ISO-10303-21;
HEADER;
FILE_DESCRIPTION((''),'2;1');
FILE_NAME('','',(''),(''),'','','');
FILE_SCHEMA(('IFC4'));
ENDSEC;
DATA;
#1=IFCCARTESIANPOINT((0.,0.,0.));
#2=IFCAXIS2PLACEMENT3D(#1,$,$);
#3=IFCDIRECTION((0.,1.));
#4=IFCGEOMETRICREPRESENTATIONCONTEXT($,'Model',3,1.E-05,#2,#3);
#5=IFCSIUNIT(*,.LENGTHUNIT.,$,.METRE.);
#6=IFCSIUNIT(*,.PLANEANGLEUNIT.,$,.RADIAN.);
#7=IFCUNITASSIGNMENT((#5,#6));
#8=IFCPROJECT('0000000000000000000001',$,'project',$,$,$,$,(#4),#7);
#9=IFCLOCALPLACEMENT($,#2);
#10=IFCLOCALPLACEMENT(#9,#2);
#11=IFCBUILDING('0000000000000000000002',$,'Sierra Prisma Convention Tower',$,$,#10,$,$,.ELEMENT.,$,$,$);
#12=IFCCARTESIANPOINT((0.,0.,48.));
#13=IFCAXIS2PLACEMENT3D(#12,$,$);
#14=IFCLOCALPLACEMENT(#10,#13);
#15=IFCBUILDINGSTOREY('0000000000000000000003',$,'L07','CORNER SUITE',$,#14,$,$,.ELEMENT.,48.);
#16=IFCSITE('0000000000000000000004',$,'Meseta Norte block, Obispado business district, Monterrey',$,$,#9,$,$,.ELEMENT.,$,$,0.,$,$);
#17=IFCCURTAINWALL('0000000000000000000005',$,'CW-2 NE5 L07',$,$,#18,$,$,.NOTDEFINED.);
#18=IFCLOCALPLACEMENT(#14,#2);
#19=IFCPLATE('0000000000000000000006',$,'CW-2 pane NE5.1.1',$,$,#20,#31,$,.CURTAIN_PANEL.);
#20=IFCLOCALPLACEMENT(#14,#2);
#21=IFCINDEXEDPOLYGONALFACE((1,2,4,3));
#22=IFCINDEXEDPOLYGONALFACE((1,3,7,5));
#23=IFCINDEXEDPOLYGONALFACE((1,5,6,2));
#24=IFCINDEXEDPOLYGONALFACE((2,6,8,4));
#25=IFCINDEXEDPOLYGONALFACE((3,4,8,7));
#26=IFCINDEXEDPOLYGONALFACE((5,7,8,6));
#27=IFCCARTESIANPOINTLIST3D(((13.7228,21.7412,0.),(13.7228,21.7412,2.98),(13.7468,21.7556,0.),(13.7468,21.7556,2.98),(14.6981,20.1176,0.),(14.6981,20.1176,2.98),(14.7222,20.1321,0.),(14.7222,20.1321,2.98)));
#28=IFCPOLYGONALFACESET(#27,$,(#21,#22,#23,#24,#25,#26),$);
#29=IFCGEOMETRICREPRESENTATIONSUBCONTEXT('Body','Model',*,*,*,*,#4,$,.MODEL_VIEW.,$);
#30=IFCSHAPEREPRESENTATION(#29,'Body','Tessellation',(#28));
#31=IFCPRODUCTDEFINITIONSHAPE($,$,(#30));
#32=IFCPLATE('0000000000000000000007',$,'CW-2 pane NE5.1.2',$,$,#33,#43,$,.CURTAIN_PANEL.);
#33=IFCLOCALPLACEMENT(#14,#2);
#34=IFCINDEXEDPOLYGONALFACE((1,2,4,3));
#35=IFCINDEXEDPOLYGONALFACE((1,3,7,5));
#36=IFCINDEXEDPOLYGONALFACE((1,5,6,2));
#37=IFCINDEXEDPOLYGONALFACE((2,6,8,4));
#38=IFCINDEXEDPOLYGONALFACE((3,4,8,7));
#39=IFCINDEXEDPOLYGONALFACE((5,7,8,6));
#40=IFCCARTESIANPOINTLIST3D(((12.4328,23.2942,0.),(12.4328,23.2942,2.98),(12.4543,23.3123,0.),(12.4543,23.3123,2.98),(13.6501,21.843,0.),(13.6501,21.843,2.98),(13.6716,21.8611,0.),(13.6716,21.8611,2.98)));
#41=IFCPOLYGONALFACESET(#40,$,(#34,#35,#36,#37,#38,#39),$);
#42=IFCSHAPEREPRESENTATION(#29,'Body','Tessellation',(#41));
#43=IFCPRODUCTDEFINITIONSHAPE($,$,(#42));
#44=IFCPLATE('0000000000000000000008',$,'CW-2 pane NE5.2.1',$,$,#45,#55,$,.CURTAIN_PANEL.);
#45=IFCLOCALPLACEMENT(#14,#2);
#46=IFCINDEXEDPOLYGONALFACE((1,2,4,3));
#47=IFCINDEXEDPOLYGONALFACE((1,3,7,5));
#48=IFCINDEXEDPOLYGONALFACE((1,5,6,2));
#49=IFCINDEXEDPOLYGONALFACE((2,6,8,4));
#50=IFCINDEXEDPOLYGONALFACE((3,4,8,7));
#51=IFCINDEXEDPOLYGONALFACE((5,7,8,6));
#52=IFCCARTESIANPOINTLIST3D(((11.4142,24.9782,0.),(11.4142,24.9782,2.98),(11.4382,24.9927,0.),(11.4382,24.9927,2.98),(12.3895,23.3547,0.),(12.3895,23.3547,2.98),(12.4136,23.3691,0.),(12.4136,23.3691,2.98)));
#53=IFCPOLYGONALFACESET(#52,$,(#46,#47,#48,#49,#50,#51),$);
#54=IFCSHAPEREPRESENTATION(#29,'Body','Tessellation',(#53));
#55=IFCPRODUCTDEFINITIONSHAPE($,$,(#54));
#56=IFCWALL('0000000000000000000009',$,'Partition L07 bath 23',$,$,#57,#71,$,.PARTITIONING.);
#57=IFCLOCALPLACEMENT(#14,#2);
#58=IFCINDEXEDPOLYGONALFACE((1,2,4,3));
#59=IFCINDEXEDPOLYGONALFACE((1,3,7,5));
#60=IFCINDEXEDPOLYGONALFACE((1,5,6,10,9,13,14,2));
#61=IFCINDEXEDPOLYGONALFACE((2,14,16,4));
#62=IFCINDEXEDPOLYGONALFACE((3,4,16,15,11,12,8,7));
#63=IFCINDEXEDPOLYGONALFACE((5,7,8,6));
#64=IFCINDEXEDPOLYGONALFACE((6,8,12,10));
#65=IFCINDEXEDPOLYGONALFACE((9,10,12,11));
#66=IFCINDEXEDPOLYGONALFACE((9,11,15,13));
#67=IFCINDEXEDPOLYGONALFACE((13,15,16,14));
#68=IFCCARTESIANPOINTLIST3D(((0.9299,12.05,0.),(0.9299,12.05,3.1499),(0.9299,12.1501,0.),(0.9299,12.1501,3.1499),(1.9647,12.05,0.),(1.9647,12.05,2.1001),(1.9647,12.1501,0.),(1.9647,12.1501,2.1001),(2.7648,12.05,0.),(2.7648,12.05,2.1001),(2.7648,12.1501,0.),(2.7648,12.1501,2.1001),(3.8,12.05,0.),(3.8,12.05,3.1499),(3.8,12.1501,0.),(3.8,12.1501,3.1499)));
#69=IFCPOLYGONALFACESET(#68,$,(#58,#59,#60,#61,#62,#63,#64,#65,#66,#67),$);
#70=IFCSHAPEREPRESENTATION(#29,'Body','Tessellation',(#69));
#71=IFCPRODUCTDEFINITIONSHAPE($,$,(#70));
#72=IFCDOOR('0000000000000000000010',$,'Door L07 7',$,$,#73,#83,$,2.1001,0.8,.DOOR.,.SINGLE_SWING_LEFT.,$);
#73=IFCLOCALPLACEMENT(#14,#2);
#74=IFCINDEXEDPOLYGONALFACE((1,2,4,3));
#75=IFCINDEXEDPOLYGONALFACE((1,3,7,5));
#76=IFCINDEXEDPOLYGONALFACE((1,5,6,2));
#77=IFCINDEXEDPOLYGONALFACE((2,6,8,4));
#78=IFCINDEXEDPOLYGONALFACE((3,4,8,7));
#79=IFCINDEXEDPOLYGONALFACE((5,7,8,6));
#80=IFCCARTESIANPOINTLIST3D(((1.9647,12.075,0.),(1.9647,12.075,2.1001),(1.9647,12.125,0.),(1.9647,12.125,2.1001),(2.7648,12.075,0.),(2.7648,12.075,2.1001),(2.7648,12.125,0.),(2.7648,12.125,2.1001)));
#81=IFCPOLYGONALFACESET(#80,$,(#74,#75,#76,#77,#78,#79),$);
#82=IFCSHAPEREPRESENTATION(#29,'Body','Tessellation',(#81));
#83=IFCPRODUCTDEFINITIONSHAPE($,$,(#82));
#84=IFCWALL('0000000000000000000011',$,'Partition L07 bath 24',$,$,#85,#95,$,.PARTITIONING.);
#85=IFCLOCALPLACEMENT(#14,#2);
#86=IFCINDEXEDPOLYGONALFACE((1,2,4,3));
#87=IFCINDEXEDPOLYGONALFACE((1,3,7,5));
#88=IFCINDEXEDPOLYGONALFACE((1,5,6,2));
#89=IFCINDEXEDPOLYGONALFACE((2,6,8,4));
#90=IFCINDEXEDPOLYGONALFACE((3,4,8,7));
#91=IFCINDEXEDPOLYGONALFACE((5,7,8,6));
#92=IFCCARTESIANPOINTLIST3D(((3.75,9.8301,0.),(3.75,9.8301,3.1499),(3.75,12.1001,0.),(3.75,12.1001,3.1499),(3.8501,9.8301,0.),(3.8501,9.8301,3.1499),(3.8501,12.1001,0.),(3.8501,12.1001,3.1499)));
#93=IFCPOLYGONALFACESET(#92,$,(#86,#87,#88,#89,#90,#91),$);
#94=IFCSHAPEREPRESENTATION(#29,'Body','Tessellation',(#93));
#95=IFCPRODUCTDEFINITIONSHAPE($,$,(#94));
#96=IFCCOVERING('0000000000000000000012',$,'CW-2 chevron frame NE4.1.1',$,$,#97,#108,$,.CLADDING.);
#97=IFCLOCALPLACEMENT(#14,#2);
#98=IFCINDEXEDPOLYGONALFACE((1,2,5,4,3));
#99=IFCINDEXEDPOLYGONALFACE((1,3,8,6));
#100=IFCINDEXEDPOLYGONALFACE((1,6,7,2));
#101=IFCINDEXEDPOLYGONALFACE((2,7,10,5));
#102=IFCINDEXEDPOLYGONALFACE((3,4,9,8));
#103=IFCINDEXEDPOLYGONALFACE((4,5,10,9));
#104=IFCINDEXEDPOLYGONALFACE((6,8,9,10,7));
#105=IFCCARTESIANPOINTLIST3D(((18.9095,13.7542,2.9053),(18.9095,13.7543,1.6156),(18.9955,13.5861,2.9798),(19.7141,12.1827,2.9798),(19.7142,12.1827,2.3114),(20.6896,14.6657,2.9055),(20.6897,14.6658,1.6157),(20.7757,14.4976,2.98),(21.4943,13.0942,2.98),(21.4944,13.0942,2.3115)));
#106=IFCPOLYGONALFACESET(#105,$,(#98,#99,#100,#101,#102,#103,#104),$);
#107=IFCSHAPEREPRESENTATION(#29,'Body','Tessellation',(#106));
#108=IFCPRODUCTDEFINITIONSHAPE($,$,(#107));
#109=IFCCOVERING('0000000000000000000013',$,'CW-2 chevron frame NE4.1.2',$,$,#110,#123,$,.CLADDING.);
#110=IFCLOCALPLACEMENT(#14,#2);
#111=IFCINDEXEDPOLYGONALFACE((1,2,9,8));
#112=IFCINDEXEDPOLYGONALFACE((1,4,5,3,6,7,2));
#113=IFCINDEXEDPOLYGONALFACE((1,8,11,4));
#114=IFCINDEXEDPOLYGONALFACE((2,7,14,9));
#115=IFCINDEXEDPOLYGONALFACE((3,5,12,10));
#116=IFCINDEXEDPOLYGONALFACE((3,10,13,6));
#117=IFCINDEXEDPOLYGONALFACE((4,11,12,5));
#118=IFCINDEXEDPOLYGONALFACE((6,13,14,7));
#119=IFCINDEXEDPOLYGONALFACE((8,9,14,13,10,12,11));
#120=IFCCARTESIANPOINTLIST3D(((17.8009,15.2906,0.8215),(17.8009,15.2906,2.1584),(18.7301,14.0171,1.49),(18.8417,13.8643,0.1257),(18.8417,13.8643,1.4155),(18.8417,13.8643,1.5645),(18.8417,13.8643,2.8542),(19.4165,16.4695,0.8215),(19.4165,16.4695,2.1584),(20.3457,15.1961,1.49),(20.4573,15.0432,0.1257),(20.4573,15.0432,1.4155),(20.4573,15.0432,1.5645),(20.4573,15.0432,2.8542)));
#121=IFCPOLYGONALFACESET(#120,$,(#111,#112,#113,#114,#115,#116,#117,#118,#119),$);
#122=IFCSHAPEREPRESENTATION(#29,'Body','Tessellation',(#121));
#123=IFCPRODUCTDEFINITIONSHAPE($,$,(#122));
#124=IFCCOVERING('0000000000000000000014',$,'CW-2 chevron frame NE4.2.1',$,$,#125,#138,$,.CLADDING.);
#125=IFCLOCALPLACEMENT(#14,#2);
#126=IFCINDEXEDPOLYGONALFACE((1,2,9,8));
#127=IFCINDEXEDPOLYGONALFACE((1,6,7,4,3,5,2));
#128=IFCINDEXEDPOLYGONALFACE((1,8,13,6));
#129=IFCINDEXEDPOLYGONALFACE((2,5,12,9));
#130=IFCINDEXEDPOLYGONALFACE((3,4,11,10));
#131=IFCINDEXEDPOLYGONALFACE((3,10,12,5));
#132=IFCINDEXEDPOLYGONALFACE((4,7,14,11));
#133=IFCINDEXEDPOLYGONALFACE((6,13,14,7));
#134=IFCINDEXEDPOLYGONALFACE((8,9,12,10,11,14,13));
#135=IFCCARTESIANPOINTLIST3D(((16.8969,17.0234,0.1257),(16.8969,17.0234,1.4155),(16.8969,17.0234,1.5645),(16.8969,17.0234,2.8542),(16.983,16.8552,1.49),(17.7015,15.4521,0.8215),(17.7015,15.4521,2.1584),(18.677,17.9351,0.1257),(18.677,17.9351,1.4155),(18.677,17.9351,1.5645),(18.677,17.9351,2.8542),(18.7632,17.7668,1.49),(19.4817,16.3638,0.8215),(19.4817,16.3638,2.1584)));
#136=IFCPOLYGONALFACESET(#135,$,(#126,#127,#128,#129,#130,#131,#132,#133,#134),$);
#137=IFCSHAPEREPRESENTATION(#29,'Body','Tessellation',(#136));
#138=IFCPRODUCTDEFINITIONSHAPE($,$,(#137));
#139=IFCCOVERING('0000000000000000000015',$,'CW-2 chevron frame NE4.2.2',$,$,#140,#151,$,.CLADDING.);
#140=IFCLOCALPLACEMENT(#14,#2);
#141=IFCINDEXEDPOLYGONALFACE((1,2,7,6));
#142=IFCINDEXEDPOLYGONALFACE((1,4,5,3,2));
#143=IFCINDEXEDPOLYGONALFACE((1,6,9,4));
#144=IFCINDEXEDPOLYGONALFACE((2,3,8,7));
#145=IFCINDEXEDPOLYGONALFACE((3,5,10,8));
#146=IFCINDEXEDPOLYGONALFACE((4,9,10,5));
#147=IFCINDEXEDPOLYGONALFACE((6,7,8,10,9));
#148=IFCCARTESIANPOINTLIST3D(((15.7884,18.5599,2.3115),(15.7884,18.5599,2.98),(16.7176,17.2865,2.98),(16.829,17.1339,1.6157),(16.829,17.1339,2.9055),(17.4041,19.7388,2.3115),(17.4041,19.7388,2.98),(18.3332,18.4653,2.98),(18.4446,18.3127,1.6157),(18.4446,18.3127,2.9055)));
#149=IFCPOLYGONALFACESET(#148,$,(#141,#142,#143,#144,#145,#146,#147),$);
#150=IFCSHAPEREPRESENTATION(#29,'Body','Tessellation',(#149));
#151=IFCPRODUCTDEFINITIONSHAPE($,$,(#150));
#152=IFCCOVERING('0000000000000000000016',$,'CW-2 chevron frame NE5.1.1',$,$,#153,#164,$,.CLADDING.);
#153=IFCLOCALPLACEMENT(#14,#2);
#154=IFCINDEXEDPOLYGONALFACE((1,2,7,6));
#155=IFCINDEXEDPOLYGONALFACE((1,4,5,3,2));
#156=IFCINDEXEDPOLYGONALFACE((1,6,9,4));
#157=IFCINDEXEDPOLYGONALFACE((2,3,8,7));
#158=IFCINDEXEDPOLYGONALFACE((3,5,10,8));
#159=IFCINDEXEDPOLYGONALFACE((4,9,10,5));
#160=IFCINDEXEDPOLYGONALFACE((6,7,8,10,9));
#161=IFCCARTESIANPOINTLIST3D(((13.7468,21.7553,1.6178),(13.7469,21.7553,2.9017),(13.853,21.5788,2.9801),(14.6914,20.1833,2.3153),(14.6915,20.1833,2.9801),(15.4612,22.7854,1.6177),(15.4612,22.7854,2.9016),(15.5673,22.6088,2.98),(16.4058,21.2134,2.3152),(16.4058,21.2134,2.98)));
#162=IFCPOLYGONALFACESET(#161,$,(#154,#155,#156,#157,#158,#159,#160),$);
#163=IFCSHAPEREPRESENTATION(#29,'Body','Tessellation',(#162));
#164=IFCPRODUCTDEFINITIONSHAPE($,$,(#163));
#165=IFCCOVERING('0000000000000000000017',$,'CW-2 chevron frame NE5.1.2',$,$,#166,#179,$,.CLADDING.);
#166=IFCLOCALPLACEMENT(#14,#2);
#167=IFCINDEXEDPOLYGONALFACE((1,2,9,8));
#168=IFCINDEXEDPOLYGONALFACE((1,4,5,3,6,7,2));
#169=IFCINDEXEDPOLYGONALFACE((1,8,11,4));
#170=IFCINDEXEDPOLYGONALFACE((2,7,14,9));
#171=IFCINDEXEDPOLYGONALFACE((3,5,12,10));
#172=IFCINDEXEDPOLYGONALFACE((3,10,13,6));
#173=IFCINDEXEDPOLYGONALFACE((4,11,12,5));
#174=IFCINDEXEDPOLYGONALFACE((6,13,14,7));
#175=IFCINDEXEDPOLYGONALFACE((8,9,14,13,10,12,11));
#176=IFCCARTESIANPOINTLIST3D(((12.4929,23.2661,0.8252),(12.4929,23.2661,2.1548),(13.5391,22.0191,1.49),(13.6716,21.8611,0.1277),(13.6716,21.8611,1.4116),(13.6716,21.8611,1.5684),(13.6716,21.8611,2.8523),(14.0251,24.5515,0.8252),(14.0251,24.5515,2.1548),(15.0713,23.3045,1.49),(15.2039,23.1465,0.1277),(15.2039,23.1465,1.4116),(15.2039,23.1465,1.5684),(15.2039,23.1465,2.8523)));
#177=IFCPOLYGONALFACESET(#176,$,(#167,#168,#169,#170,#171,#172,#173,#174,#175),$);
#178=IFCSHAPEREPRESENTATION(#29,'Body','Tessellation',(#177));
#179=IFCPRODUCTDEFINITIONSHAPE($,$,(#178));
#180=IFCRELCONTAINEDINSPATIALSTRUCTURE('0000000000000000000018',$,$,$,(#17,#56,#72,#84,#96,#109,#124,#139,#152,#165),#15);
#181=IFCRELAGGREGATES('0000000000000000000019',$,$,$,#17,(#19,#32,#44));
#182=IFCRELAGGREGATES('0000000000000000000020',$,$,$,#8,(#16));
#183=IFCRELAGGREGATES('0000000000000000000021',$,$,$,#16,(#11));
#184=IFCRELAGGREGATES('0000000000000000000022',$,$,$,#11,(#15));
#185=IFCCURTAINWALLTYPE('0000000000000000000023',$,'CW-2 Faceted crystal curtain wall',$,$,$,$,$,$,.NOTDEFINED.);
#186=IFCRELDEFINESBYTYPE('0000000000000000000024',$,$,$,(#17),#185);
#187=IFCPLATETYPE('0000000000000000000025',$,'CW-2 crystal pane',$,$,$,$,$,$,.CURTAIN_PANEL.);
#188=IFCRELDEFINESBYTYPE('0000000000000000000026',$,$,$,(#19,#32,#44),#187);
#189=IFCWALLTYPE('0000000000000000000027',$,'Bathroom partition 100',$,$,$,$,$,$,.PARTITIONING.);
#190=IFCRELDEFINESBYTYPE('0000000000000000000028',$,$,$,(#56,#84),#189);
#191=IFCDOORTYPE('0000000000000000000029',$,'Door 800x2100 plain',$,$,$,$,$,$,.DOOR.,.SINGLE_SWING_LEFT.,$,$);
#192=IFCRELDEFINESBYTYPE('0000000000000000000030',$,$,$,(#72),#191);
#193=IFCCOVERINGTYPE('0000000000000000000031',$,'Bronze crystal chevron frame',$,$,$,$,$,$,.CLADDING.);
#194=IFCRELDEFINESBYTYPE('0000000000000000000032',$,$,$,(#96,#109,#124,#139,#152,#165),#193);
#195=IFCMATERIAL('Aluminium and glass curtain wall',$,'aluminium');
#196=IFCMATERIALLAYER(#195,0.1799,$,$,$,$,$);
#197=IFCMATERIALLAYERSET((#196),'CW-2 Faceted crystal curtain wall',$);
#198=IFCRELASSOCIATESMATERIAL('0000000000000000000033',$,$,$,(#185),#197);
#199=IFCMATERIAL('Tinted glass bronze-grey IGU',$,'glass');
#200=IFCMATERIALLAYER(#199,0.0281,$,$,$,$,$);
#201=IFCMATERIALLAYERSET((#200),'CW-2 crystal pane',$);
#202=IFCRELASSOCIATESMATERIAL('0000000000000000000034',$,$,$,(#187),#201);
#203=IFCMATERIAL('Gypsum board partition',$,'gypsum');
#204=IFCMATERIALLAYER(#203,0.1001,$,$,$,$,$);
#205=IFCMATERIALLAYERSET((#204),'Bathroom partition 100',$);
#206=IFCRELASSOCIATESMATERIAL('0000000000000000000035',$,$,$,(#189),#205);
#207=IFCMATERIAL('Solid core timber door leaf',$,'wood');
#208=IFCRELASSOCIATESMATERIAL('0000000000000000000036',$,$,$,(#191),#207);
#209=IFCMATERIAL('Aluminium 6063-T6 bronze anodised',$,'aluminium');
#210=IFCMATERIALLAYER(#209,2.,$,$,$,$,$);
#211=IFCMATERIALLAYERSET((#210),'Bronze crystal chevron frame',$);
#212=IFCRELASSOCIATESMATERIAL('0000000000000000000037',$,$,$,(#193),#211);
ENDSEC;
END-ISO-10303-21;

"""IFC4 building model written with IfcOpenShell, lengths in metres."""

from ifc_helpers import new_model, si_unit, direction, frame, frame_2d, origin, place, context, subcontext, project, spatial, polyline, rectangle, outline, extrude, material, layer, layer_set, type_object, element, fill, aggregate, save


model = new_model("IFC4")

# Units and contexts
model_context = context("Model", 3, precision=1e-05, world=origin(), true_north=direction((0.0, 1.0)))
body_context = subcontext(model_context, "Body", "Model", "MODEL_VIEW")
ifc_project = project(units=[si_unit("LENGTHUNIT", "METRE"), si_unit("PLANEANGLEUNIT", "RADIAN")], contexts=[model_context])

# Site, building, storey
site_placement = place(None, origin())
site = spatial("IfcSite", under=ifc_project, at=site_placement, Name="Meseta Norte block, Obispado business district, Monterrey", CompositionType="ELEMENT", RefElevation=0.0)
building_placement = place(site_placement, origin())
building = spatial("IfcBuilding", under=site, at=building_placement, Name="Sierra Prisma Convention Tower", CompositionType="ELEMENT")
storey_placement = place(building_placement, frame((0.0, 0.0, 48.0)))
storey = spatial("IfcBuildingStorey", under=building, at=storey_placement, Name="L07", Description="CORNER SUITE", CompositionType="ELEMENT", Elevation=48.0)

# Curtain wall
ifc_material_1 = material(Name="Aluminium and glass curtain wall", Category="aluminium")
ifc_layer_1 = layer(ifc_material_1, 0.1799)
ifc_layer_set_1 = layer_set([ifc_layer_1], Name="CW-2 Faceted crystal curtain wall")
curtain_wall_type = type_object("IfcCurtainWallType", Name="CW-2 Faceted crystal curtain wall", PredefinedType="NOTDEFINED", material=ifc_layer_set_1)
curtain_wall_1_placement = place(storey_placement, origin())
curtain_wall_1 = element("IfcCurtainWall", 1, at=curtain_wall_1_placement, inside=storey, type_object=curtain_wall_type, Name="CW-2 NE5 L07", PredefinedType="NOTDEFINED")

# Plates
ifc_material_2 = material(Name="Tinted glass bronze-grey IGU", Category="glass")
ifc_layer_2 = layer(ifc_material_2, 0.0281)
ifc_layer_set_2 = layer_set([ifc_layer_2], Name="CW-2 crystal pane")
plate_type = type_object("IfcPlateType", Name="CW-2 crystal pane", PredefinedType="CURTAIN_PANEL", material=ifc_layer_set_2)
plate_1_placement = place(storey_placement, frame((14.7222, 20.1321, 0.0), z_axis=(0.857208, 0.51497, 0.0), x_axis=(-0.51497, 0.857208, 0.0)))
plate_1 = element("IfcPlate", 2, at=plate_1_placement, type_object=plate_type, Name="CW-2 pane NE5.1.1", PredefinedType="CURTAIN_PANEL", context=body_context, shape_type="SweptSolid", body=[
    extrude(outline(polyline([(0.0, 0.0), (1.894, 0.0), (1.894, 2.98), (0.0, 2.98), (0.0, 0.0)])), origin(), (0.0, 0.0, -1.0), 0.0281),
])
plate_2_placement = place(storey_placement, frame((12.4543, 23.3123, 0.0), z_axis=(0.766147, 0.642666, 0.0), x_axis=(0.642666, -0.766147, 0.0)))
plate_2 = element("IfcPlate", 3, at=plate_2_placement, type_object=plate_type, Name="CW-2 pane NE5.1.2", PredefinedType="CURTAIN_PANEL", context=body_context, shape_type="SweptSolid", body=[
    extrude(outline(polyline([(0.0, 0.0), (1.8941, 0.0), (1.8941, -2.98), (0.0, -2.98), (0.0, 0.0)])), origin(), (0.0, 0.0, -1.0), 0.0281),
])
plate_3_placement = place(storey_placement, frame((12.4136, 23.3691, 0.0), z_axis=(0.857208, 0.51497, 0.0), x_axis=(-0.51497, 0.857208, 0.0)))
plate_3 = element("IfcPlate", 4, at=plate_3_placement, type_object=plate_type, Name="CW-2 pane NE5.2.1", PredefinedType="CURTAIN_PANEL", context=body_context, shape_type="SweptSolid", body=[
    extrude(outline(polyline([(0.0, 0.0), (1.894, 0.0), (1.894, 2.98), (0.0, 2.98), (0.0, 0.0)])), origin(), (0.0, 0.0, -1.0), 0.0281),
])
aggregate(curtain_wall_1, [plate_1, plate_2, plate_3])

# Wall, opening, door
ifc_material_3 = material(Name="Gypsum board partition", Category="gypsum")
ifc_layer_3 = layer(ifc_material_3, 0.1001)
ifc_layer_set_3 = layer_set([ifc_layer_3], Name="Bathroom partition 100")
wall_type = type_object("IfcWallType", Name="Bathroom partition 100", PredefinedType="PARTITIONING", material=ifc_layer_set_3)
wall_1_placement = place(storey_placement, frame((0.9299, 12.1001, 0.0), z_axis=(0.0, 0.0, 1.0), x_axis=(1.0, 0.0, 0.0)))
wall_1 = element("IfcWall", 5, at=wall_1_placement, inside=storey, type_object=wall_type, Name="Partition L07 bath 23", PredefinedType="PARTITIONING", context=body_context, shape_type="SweptSolid", body=[
    extrude(rectangle(XDim=2.8701, YDim=0.1001, at=frame_2d((1.4351, 0.0))), origin(), (0.0, 0.0, 1.0), 3.1499),
])
opening_placement = place(wall_1_placement, frame((1.0349, 0.0, 0.0)))
opening = element("IfcOpeningElement", 6, at=opening_placement, cuts=wall_1, PredefinedType="OPENING", context=body_context, shape_type="SweptSolid", body=[
    extrude(rectangle(XDim=0.8, YDim=2.1001, at=frame_2d((0.3999, 1.05))), frame((0.0, 0.05, 0.0), z_axis=(0.0, -1.0, 0.0), x_axis=(1.0, 0.0, 0.0)), (0.0, 0.0, 1.0), 0.1001),
])
ifc_material_4 = material(Name="Solid core timber door leaf", Category="wood")
door_type = type_object("IfcDoorType", Name="Door 800x2100 plain", OperationType="SINGLE_SWING_LEFT", PredefinedType="DOOR", material=ifc_material_4)
door_placement = place(opening_placement, origin())
door = element("IfcDoor", 7, at=door_placement, inside=storey, type_object=door_type, Name="Door L07 7", OperationType="SINGLE_SWING_LEFT", OverallHeight=2.1001, OverallWidth=0.8, PredefinedType="DOOR", context=body_context, shape_type="SweptSolid", body=[
    extrude(rectangle(XDim=0.8, YDim=2.1001, at=frame_2d((0.3999, 1.05))), frame((0.0, 0.0249, 0.0), z_axis=(0.0, -1.0, 0.0), x_axis=(1.0, 0.0, 0.0)), (0.0, 0.0, 1.0), 0.05),
])
fill(opening, door)

# Wall
wall_2_placement = place(storey_placement, frame((3.8, 12.1001, 0.0), z_axis=(0.0, 0.0, 1.0), x_axis=(0.0, -1.0, 0.0)))
element("IfcWall", 8, at=wall_2_placement, inside=storey, type_object=wall_type, Name="Partition L07 bath 24", PredefinedType="PARTITIONING", context=body_context, shape_type="SweptSolid", body=[
    extrude(rectangle(XDim=2.27, YDim=0.1001, at=frame_2d((1.135, 0.0))), origin(), (0.0, 0.0, 1.0), 3.1499),
])

# Coverings
ifc_material_5 = material(Name="Aluminium 6063-T6 bronze anodised", Category="aluminium")
ifc_layer_4 = layer(ifc_material_5, 2.0)
ifc_layer_set_4 = layer_set([ifc_layer_4], Name="Bronze crystal chevron frame")
covering_type = type_object("IfcCoveringType", Name="Bronze crystal chevron frame", PredefinedType="CLADDING", material=ifc_layer_set_4)
covering_1_placement = place(storey_placement, frame((21.4944, 13.0942, 2.3115), z_axis=(0.890098, 0.45577, 0.000085), x_axis=(-0.424002, 0.828125, -0.366649)))
element("IfcCovering", 9, at=covering_1_placement, inside=storey, type_object=covering_type, Name="CW-2 chevron frame NE4.1.1", PredefinedType="CLADDING", context=body_context, shape_type="SweptSolid", body=[
    extrude(outline(polyline([(0.0, 0.0), (1.8977, 0.0), (1.4248, 1.2), (1.2218, 1.2), (-0.2451, 0.6219), (0.0, 0.0)])), origin(), (0.0, 0.0, -1.0), 2.0),
])
covering_2_placement = place(storey_placement, frame((20.4573, 15.0432, 1.4155), z_axis=(0.807797, 0.589461, 0.0), x_axis=(0.0, 0.0, -1.0)))
element("IfcCovering", 10, at=covering_2_placement, inside=storey, type_object=covering_type, Name="CW-2 chevron frame NE4.1.2", PredefinedType="CLADDING", context=body_context, shape_type="SweptSolid", body=[
    extrude(outline(polyline([(0.0, 0.0), (1.2898, 0.0), (0.594, 1.7656), (-0.7429, 1.7656), (-1.4387, 0.0), (-0.1489, 0.0), (-0.0745, 0.1892), (0.0, 0.0)])), origin(), (0.0, 0.0, -1.0), 2.0),
])
covering_3_placement = place(storey_placement, frame((19.4817, 16.3638, 0.8215), z_axis=(0.890071, 0.455822, 0.0), x_axis=(-0.424071, 0.828072, -0.366688)))
element("IfcCovering", 11, at=covering_3_placement, inside=storey, type_object=covering_type, Name="CW-2 chevron frame NE4.2.1", PredefinedType="CLADDING", context=body_context, shape_type="SweptSolid", body=[
    extrude(outline(polyline([(0.0, 0.0), (1.8975, 0.0), (1.4246, 1.2), (1.2214, 1.1999), (1.37, 1.3385), (0.897, 2.5385), (-0.4902, 1.2438), (0.0, 0.0)])), origin(), (0.0, 0.0, -1.0), 2.0),
])
covering_4_placement = place(storey_placement, frame((18.4446, 18.3127, 1.6157), z_axis=(0.807814, 0.589438, -0.000004), x_axis=(-0.548376, 0.751542, 0.3667)))
element("IfcCovering", 12, at=covering_4_placement, inside=storey, type_object=covering_type, Name="CW-2 chevron frame NE4.2.2", PredefinedType="CLADDING", context=body_context, shape_type="SweptSolid", body=[
    extrude(outline(polyline([(0.0, 0.0), (1.8975, 0.0), (2.1426, 0.6219), (0.676, 1.2), (0.473, 1.1999), (0.0, 0.0)])), origin(), (0.0, 0.0, -1.0), 2.0),
])
covering_5_placement = place(storey_placement, frame((16.4058, 21.2134, 2.3152), z_axis=(0.857165, 0.515042, -0.000059), x_axis=(-0.481418, 0.801166, -0.355484)))
element("IfcCovering", 13, at=covering_5_placement, inside=storey, type_object=covering_type, Name="CW-2 chevron frame NE5.1.1", PredefinedType="CLADDING", context=body_context, shape_type="SweptSolid", body=[
    extrude(outline(polyline([(0.0, 0.0), (1.9621, 0.0), (1.5057, 1.2001), (1.2853, 1.2001), (-0.2363, 0.6214), (0.0, 0.0)])), origin(), (0.0, 0.0, -1.0), 2.0),
])
covering_6_placement = place(storey_placement, frame((15.2039, 23.1465, 1.4116), z_axis=(0.766112, 0.642707, 0.0), x_axis=(0.0, 0.0, -1.0)))
element("IfcCovering", 14, at=covering_6_placement, inside=storey, type_object=covering_type, Name="CW-2 chevron frame NE5.1.2", PredefinedType="CLADDING", context=body_context, shape_type="SweptSolid", body=[
    extrude(outline(polyline([(0.0, 0.0), (1.2839, 0.0), (0.5864, 1.834), (-0.7432, 1.834), (-1.4407, 0.0), (-0.1567, 0.0), (-0.0784, 0.2062), (0.0, 0.0)])), origin(), (0.0, 0.0, -1.0), 2.0),
])

save(model, "model.ifc")
